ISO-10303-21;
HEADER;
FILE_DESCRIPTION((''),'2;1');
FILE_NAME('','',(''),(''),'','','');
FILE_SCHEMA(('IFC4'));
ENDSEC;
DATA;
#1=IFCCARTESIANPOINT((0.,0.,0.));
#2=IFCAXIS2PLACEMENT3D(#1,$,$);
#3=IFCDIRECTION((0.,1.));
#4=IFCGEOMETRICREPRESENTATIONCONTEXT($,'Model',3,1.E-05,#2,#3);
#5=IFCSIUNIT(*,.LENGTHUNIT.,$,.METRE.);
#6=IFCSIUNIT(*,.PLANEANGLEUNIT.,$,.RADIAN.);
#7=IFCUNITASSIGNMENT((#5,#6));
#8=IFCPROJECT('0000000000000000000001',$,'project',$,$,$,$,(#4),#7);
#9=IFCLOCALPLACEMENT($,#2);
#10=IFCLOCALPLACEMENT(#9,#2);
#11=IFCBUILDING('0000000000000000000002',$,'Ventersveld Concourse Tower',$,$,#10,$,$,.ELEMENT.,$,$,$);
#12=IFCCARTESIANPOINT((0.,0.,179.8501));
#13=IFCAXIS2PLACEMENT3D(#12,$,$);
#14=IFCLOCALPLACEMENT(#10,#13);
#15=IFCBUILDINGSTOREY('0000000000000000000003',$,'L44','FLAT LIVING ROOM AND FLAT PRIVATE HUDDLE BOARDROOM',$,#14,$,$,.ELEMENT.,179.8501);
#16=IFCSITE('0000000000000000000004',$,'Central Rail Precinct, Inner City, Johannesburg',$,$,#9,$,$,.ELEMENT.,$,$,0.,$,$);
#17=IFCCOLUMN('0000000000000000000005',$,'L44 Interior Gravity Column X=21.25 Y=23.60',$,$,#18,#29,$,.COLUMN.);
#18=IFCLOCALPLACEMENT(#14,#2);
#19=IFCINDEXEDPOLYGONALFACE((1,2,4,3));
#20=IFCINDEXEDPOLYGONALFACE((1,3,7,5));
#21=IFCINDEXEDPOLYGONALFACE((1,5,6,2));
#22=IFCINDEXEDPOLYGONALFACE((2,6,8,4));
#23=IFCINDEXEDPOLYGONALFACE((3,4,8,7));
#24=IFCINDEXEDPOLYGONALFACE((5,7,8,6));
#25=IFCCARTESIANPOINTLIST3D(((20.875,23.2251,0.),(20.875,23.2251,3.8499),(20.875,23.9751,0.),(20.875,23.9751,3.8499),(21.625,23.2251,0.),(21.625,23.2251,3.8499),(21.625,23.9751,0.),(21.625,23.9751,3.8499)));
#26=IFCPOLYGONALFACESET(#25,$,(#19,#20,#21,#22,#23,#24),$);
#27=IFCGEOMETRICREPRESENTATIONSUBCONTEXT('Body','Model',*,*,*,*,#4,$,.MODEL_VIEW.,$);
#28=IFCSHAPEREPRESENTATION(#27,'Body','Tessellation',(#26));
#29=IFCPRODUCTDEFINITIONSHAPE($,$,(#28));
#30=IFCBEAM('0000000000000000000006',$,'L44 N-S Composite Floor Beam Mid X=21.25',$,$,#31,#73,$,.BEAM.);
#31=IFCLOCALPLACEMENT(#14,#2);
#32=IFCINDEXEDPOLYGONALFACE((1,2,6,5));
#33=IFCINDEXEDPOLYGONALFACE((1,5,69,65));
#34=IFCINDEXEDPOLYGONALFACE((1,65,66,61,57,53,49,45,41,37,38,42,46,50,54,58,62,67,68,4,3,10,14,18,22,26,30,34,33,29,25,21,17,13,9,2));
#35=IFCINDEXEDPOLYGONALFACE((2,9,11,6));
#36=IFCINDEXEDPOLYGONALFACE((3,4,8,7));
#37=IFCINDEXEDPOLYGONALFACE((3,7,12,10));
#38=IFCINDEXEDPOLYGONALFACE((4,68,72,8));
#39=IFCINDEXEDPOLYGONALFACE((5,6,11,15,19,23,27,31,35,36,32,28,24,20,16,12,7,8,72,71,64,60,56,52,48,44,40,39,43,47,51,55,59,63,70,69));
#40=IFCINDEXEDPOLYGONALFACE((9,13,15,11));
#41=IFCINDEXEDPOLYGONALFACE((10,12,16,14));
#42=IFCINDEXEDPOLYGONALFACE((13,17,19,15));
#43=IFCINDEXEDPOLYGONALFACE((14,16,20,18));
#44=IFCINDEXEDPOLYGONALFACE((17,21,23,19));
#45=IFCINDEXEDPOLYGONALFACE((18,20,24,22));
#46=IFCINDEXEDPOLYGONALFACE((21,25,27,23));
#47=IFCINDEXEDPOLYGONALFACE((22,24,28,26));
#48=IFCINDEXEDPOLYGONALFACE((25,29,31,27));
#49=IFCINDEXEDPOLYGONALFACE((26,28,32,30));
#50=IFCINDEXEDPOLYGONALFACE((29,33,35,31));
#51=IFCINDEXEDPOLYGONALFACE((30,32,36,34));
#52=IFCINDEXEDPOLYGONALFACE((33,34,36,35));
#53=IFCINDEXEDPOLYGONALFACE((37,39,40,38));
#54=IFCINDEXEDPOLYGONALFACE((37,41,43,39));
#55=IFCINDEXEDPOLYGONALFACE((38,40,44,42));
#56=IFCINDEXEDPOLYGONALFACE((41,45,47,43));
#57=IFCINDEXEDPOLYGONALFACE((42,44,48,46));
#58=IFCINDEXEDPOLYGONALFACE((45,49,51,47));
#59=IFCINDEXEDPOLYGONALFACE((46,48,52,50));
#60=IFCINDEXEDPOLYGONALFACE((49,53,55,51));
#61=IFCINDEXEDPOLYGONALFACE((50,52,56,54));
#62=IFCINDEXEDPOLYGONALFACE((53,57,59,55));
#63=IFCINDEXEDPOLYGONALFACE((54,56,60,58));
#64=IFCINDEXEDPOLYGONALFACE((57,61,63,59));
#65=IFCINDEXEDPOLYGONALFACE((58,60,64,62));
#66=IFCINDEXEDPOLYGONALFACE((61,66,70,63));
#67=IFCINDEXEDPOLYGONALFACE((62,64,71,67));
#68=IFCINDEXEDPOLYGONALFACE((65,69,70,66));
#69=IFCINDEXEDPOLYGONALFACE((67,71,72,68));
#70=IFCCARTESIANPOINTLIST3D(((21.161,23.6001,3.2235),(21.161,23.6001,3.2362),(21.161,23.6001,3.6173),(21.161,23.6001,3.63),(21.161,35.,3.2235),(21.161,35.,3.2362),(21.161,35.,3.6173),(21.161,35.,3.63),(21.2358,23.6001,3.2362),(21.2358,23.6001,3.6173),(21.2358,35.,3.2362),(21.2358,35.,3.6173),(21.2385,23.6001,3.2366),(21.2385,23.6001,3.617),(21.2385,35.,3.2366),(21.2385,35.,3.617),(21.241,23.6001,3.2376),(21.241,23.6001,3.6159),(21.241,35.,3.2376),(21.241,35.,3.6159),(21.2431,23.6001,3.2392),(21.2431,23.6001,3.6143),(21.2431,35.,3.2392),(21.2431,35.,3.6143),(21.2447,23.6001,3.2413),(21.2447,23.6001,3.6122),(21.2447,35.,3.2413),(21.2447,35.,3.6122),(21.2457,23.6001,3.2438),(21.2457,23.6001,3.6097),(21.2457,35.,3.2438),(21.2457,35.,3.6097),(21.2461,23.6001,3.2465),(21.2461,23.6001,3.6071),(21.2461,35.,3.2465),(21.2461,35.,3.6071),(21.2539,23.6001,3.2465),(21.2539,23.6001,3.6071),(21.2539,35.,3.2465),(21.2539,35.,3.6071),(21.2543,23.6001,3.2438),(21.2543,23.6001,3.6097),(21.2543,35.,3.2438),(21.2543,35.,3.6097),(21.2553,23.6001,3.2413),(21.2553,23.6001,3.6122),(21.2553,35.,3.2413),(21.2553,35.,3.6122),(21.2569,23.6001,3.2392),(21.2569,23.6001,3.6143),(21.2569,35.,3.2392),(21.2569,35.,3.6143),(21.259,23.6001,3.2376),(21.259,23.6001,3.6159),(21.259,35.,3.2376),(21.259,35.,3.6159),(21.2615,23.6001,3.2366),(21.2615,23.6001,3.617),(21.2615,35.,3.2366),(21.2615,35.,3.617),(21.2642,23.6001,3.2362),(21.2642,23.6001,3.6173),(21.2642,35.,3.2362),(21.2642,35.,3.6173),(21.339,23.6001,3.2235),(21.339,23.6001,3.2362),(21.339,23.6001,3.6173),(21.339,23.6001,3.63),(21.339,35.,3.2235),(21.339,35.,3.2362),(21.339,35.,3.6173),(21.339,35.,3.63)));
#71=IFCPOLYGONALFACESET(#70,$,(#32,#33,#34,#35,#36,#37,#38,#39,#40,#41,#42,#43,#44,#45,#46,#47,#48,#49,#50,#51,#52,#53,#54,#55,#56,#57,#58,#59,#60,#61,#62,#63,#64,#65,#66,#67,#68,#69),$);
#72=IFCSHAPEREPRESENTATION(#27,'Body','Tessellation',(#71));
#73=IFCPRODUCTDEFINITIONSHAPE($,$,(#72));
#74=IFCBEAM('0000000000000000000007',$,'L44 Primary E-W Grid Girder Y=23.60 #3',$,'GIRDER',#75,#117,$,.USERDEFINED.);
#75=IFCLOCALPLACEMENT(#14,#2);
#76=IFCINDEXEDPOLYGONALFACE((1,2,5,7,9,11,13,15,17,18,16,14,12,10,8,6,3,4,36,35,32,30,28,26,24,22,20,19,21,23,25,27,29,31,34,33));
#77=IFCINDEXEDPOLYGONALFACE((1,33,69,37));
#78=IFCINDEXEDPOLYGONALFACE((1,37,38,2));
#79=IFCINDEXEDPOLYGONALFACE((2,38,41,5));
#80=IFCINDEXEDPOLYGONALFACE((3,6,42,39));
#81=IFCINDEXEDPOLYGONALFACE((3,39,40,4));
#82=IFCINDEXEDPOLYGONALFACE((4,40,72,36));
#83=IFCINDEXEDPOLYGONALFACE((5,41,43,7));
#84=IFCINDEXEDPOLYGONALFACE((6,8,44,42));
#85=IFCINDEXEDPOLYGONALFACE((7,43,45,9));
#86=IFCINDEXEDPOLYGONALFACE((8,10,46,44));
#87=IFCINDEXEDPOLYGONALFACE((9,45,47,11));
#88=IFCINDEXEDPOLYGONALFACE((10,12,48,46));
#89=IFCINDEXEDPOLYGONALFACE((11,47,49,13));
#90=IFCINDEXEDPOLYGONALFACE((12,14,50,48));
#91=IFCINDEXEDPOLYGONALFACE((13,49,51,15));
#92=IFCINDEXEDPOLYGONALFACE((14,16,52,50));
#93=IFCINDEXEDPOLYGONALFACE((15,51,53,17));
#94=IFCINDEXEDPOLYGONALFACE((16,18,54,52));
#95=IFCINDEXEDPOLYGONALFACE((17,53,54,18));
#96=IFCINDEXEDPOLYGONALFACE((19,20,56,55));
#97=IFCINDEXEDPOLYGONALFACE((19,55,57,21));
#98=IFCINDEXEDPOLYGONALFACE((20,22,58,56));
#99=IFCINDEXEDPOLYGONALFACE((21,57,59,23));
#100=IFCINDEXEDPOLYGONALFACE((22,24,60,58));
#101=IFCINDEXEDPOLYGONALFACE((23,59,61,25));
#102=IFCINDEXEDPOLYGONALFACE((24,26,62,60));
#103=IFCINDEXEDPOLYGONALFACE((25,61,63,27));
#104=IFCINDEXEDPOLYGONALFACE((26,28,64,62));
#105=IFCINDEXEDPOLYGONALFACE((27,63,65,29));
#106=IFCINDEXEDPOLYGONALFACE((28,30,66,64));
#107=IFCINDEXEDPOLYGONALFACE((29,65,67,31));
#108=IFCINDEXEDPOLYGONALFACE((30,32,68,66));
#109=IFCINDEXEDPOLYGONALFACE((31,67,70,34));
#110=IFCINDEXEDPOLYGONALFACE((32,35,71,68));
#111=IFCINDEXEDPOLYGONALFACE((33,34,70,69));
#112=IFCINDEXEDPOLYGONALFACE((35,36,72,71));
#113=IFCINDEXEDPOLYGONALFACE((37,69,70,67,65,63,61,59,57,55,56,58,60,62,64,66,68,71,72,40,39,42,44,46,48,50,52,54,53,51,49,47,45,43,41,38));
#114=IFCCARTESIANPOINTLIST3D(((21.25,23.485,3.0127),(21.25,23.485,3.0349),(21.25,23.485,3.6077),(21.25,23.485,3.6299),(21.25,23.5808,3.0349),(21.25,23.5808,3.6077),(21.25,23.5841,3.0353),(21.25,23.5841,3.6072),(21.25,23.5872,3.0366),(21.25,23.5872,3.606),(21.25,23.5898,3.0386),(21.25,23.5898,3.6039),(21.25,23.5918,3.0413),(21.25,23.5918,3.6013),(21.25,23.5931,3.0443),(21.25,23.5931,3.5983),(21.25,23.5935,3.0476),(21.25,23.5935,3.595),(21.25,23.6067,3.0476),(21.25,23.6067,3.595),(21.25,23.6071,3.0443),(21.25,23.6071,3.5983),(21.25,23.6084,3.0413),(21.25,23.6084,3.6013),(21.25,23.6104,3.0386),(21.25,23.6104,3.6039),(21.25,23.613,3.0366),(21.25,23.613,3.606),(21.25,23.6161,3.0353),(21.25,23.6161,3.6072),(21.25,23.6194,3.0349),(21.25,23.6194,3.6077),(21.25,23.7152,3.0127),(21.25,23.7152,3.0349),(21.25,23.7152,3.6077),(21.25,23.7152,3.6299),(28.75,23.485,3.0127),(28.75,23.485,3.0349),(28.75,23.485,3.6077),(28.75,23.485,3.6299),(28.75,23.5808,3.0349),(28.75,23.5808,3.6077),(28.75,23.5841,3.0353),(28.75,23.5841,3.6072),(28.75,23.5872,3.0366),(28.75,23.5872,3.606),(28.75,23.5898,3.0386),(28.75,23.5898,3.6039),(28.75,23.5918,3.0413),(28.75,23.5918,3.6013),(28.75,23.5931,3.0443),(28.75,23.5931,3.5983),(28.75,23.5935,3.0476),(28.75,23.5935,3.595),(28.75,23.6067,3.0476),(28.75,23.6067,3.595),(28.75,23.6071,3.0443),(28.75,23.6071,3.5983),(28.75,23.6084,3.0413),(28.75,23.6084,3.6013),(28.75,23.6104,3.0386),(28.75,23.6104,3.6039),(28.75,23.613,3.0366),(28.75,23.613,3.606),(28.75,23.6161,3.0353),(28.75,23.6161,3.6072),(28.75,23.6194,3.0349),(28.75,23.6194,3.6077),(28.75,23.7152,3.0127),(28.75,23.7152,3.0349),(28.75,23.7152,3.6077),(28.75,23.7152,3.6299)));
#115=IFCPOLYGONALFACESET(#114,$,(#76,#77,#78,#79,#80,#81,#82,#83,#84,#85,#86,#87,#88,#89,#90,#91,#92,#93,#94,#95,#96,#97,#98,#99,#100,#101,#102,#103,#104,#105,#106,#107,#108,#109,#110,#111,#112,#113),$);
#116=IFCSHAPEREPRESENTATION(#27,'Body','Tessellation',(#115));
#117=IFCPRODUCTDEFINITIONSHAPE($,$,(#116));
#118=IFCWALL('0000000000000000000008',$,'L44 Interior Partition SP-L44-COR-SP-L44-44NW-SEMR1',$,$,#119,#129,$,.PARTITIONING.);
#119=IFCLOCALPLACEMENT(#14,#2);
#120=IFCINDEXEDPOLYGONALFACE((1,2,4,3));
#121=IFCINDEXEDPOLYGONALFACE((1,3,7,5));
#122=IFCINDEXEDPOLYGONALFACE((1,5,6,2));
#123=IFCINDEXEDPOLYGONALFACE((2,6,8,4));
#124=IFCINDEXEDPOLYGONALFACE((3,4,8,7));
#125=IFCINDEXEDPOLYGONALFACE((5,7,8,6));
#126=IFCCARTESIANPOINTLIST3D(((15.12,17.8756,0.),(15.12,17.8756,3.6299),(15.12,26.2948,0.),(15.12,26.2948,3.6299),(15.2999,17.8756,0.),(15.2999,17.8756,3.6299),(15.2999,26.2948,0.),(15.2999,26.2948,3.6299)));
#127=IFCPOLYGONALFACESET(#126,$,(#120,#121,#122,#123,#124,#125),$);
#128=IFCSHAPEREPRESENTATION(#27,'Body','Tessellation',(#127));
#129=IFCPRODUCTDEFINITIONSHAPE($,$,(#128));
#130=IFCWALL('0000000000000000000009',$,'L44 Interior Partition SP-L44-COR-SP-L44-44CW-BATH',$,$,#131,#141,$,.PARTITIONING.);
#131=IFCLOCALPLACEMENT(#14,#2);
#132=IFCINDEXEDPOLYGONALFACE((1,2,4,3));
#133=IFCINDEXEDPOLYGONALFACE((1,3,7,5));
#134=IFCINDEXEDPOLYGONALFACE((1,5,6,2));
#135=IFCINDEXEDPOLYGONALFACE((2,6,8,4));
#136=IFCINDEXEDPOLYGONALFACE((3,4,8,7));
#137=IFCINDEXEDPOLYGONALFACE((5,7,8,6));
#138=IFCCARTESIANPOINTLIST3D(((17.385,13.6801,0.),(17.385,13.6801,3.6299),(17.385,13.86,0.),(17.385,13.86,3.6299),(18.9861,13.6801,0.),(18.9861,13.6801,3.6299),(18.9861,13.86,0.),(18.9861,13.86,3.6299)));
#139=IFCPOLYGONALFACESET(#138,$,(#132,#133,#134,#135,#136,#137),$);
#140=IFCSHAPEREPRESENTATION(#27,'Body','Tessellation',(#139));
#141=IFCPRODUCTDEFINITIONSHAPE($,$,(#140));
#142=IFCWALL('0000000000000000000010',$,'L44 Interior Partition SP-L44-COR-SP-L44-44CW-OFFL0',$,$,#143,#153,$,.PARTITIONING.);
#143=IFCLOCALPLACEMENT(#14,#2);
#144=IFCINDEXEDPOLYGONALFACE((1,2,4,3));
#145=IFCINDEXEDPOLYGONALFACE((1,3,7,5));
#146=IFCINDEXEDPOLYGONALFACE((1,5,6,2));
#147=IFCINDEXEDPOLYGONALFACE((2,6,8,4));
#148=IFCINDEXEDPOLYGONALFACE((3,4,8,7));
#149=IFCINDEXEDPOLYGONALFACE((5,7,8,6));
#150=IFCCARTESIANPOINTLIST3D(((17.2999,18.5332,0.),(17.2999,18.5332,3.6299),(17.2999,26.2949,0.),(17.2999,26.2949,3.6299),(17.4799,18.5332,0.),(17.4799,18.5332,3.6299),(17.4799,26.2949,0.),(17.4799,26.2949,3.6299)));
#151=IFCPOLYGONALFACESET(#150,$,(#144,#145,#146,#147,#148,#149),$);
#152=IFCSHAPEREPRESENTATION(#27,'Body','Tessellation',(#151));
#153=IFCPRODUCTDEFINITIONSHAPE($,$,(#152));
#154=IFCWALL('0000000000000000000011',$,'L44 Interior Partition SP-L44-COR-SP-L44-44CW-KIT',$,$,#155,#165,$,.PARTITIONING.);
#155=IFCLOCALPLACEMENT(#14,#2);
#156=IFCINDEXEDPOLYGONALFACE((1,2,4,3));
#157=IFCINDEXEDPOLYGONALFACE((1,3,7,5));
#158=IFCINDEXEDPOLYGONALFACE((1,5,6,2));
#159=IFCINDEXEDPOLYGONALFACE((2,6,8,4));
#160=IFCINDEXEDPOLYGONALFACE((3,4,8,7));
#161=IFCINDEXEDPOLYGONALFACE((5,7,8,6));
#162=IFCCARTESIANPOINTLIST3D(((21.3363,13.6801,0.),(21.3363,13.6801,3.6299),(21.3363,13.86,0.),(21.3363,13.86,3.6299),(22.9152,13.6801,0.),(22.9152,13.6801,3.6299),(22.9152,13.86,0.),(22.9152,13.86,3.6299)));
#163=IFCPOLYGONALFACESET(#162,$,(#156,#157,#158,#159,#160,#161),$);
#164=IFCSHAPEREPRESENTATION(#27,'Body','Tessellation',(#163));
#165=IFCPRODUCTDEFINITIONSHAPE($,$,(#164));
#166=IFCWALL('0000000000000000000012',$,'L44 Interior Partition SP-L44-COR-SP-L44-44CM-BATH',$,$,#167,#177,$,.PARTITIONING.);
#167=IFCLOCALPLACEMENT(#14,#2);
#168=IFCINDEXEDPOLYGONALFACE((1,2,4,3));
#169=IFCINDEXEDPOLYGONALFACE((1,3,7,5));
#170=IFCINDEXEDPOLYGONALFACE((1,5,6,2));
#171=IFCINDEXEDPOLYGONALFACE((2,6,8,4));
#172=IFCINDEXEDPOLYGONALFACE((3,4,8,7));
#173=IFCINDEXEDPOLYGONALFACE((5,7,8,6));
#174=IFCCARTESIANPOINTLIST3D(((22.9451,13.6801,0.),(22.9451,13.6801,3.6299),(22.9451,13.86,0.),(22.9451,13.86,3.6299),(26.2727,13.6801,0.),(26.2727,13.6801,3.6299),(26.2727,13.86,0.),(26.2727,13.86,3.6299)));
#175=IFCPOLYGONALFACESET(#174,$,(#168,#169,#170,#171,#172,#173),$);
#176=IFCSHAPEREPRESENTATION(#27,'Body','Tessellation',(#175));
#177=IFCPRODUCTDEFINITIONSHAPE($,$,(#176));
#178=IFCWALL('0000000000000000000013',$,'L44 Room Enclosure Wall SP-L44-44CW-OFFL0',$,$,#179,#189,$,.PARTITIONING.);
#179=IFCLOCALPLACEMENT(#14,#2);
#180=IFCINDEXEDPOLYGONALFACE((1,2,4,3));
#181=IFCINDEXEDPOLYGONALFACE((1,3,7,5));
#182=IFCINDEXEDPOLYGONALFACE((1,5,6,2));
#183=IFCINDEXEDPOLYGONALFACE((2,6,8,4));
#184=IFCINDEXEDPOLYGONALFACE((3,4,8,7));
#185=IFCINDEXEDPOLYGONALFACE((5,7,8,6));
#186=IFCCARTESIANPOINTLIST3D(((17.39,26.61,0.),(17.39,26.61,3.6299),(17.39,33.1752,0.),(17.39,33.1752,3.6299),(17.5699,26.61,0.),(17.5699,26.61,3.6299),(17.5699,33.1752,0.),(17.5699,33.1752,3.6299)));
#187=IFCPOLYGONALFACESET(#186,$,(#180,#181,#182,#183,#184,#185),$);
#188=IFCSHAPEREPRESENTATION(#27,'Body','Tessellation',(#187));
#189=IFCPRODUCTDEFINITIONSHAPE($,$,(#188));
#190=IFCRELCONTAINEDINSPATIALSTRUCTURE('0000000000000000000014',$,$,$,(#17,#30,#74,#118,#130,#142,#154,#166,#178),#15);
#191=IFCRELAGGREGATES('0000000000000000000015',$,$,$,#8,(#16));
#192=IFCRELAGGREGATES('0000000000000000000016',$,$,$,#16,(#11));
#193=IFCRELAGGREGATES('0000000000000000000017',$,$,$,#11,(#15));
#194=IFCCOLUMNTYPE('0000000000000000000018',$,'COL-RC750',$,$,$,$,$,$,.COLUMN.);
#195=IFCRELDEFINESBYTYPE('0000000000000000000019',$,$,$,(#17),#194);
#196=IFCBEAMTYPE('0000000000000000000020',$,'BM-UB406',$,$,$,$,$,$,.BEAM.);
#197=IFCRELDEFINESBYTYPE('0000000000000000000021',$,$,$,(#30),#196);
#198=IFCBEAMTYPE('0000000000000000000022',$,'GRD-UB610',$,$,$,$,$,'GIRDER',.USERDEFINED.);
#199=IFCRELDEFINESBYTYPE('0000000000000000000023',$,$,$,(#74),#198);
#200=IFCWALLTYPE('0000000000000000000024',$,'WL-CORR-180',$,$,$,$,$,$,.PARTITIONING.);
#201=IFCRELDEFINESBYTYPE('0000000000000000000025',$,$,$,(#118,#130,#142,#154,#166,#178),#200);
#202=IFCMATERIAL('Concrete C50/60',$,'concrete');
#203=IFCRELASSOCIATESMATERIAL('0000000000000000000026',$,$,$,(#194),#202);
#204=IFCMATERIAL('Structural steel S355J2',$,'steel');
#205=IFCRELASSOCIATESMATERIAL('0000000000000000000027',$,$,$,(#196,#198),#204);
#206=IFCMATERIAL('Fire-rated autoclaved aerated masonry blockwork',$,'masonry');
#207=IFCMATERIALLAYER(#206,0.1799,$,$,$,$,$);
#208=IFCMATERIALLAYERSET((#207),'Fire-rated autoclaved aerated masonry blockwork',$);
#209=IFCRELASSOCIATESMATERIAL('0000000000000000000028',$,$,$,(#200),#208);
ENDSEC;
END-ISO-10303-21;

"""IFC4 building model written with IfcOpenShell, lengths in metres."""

from ifc_helpers import new_model, si_unit, direction, frame, frame_2d, origin, origin_2d, place, context, subcontext, project, spatial, rectangle, i_section, extrude, material, layer, layer_set, material_profile, profile_set, type_object, element, save


model = new_model("IFC4")

# Units and contexts
model_context = context("Model", 3, precision=1e-05, world=origin(), true_north=direction((0.0, 1.0)))
body_context = subcontext(model_context, "Body", "Model", "MODEL_VIEW")
ifc_project = project(units=[si_unit("LENGTHUNIT", "METRE"), si_unit("PLANEANGLEUNIT", "RADIAN")], contexts=[model_context])

# Site, building, storey
site_placement = place(None, origin())
site = spatial("IfcSite", under=ifc_project, at=site_placement, Name="Central Rail Precinct, Inner City, Johannesburg", CompositionType="ELEMENT", RefElevation=0.0)
building_placement = place(site_placement, origin())
building = spatial("IfcBuilding", under=site, at=building_placement, Name="Ventersveld Concourse Tower", CompositionType="ELEMENT")
storey_placement = place(building_placement, frame((0.0, 0.0, 179.8501)))
storey = spatial("IfcBuildingStorey", under=building, at=storey_placement, Name="L44", Description="FLAT LIVING ROOM AND FLAT PRIVATE HUDDLE BOARDROOM", CompositionType="ELEMENT", Elevation=179.8501)

# Column
ifc_material_1 = material(Name="Concrete C50/60", Category="concrete")
ifc_material_profile_1 = material_profile(ifc_material_1, rectangle(XDim=0.75, YDim=0.75, at=origin_2d()), Name="RC 750x750")
ifc_profile_set_1 = profile_set([ifc_material_profile_1], Name="Concrete C50/60")
column_type = type_object("IfcColumnType", Name="COL-RC750", PredefinedType="COLUMN", material=ifc_profile_set_1)
column_placement = place(storey_placement, frame((21.25, 23.6001, 0.0), z_axis=(0.0, 0.0, 1.0), x_axis=(1.0, 0.0, 0.0)))
element("IfcColumn", 1, at=column_placement, inside=storey, type_object=column_type, Name="L44 Interior Gravity Column X=21.25 Y=23.60", PredefinedType="COLUMN", context=body_context, shape_type="SweptSolid", body=[
    extrude(rectangle(XDim=0.75, YDim=0.75, at=origin_2d()), origin(), (0.0, 0.0, 1.0), 3.8499),
])

# Beams
ifc_material_2 = material(Name="Structural steel S355J2", Category="steel")
ifc_material_profile_2 = material_profile(ifc_material_2, i_section(OverallWidth=0.178, OverallDepth=0.4065, WebThickness=0.0078, FlangeThickness=0.0127, FilletRadius=0.0103, at=origin_2d()), Name="UB 406x178x60")
ifc_profile_set_2 = profile_set([ifc_material_profile_2], Name="Structural steel S355J2")
beam_type_1 = type_object("IfcBeamType", Name="BM-UB406", PredefinedType="BEAM", material=ifc_profile_set_2)
beam_1_placement = place(storey_placement, frame((21.25, 23.6001, 3.4268), z_axis=(0.0, 1.0, 0.0), x_axis=(-1.0, 0.0, 0.0)))
element("IfcBeam", 2, at=beam_1_placement, inside=storey, type_object=beam_type_1, Name="L44 N-S Composite Floor Beam Mid X=21.25", PredefinedType="BEAM", context=body_context, shape_type="SweptSolid", body=[
    extrude(i_section(OverallWidth=0.178, OverallDepth=0.4065, WebThickness=0.0078, FlangeThickness=0.0127, FilletRadius=0.0103, at=origin_2d()), origin(), (0.0, 0.0, 1.0), 11.3999),
])
ifc_material_profile_3 = material_profile(ifc_material_2, i_section(OverallWidth=0.2302, OverallDepth=0.6172, WebThickness=0.0132, FlangeThickness=0.0222, FilletRadius=0.0127, at=origin_2d()), Name="UB 610x229x140")
ifc_profile_set_3 = profile_set([ifc_material_profile_3], Name="Structural steel S355J2")
beam_type_2 = type_object("IfcBeamType", Name="GRD-UB610", ElementType="GIRDER", PredefinedType="USERDEFINED", material=ifc_profile_set_3)
beam_2_placement = place(storey_placement, frame((21.25, 23.6001, 3.3213), z_axis=(1.0, 0.0, 0.0), x_axis=(0.0, 1.0, 0.0)))
element("IfcBeam", 3, at=beam_2_placement, inside=storey, type_object=beam_type_2, Name="L44 Primary E-W Grid Girder Y=23.60 #3", ObjectType="GIRDER", PredefinedType="USERDEFINED", context=body_context, shape_type="SweptSolid", body=[
    extrude(i_section(OverallWidth=0.2302, OverallDepth=0.6172, WebThickness=0.0132, FlangeThickness=0.0222, FilletRadius=0.0127, at=origin_2d()), origin(), (0.0, 0.0, 1.0), 7.5),
])

# Wall
ifc_material_3 = material(Name="Fire-rated autoclaved aerated masonry blockwork", Category="masonry")
ifc_layer_1 = layer(ifc_material_3, 0.1799)
ifc_layer_set_1 = layer_set([ifc_layer_1], Name="Fire-rated autoclaved aerated masonry blockwork")
wall_type_1 = type_object("IfcWallType", Name="WL-CORR-180", PredefinedType="PARTITIONING", material=ifc_layer_set_1)
wall_1_placement = place(storey_placement, frame((15.21, 17.8757, 0.0), z_axis=(0.0, 0.0, 1.0), x_axis=(0.0, 1.0, 0.0)))
element("IfcWall", 4, at=wall_1_placement, inside=storey, type_object=wall_type_1, Name="L44 Interior Partition SP-L44-COR-SP-L44-44NW-SEMR1", PredefinedType="PARTITIONING", context=body_context, shape_type="SweptSolid", body=[
    extrude(rectangle(XDim=8.4192, YDim=0.1799, at=frame_2d((4.2095, 0.0))), origin(), (0.0, 0.0, 1.0), 3.6299),
])

# Walls
wall_2_placement = place(storey_placement, frame((17.385, 13.77, 0.0), z_axis=(0.0, 0.0, 1.0), x_axis=(1.0, 0.0, 0.0)))
element("IfcWall", 5, at=wall_2_placement, inside=storey, type_object=wall_type_1, Name="L44 Interior Partition SP-L44-COR-SP-L44-44CW-BATH", PredefinedType="PARTITIONING", context=body_context, shape_type="SweptSolid", body=[
    extrude(rectangle(XDim=1.6011, YDim=0.1799, at=frame_2d((0.8005, 0.0))), origin(), (0.0, 0.0, 1.0), 3.6299),
])
wall_3_placement = place(storey_placement, frame((17.3899, 18.5332, 0.0), z_axis=(0.0, 0.0, 1.0), x_axis=(0.0, 1.0, 0.0)))
element("IfcWall", 6, at=wall_3_placement, inside=storey, type_object=wall_type_1, Name="L44 Interior Partition SP-L44-COR-SP-L44-44CW-OFFL0", PredefinedType="PARTITIONING", context=body_context, shape_type="SweptSolid", body=[
    extrude(rectangle(XDim=7.7617, YDim=0.1799, at=frame_2d((3.8809, 0.0))), origin(), (0.0, 0.0, 1.0), 3.6299),
])
wall_4_placement = place(storey_placement, frame((21.3362, 13.77, 0.0), z_axis=(0.0, 0.0, 1.0), x_axis=(1.0, 0.0, 0.0)))
element("IfcWall", 7, at=wall_4_placement, inside=storey, type_object=wall_type_1, Name="L44 Interior Partition SP-L44-COR-SP-L44-44CW-KIT", PredefinedType="PARTITIONING", context=body_context, shape_type="SweptSolid", body=[
    extrude(rectangle(XDim=1.5789, YDim=0.1799, at=frame_2d((0.7896, 0.0))), origin(), (0.0, 0.0, 1.0), 3.6299),
])

# Walls
wall_5_placement = place(storey_placement, frame((22.9451, 13.77, 0.0), z_axis=(0.0, 0.0, 1.0), x_axis=(1.0, 0.0, 0.0)))
element("IfcWall", 8, at=wall_5_placement, inside=storey, type_object=wall_type_1, Name="L44 Interior Partition SP-L44-COR-SP-L44-44CM-BATH", PredefinedType="PARTITIONING", context=body_context, shape_type="SweptSolid", body=[
    extrude(rectangle(XDim=3.3276, YDim=0.1799, at=frame_2d((1.6638, 0.0))), origin(), (0.0, 0.0, 1.0), 3.6299),
])
wall_6_placement = place(storey_placement, frame((17.48, 26.6099, 0.0), z_axis=(0.0, 0.0, 1.0), x_axis=(0.0, 1.0, 0.0)))
element("IfcWall", 9, at=wall_6_placement, inside=storey, type_object=wall_type_1, Name="L44 Room Enclosure Wall SP-L44-44CW-OFFL0", PredefinedType="PARTITIONING", context=body_context, shape_type="SweptSolid", body=[
    extrude(rectangle(XDim=6.5652, YDim=0.1799, at=frame_2d((3.2827, 0.0))), origin(), (0.0, 0.0, 1.0), 3.6299),
])

save(model, "model.ifc")
